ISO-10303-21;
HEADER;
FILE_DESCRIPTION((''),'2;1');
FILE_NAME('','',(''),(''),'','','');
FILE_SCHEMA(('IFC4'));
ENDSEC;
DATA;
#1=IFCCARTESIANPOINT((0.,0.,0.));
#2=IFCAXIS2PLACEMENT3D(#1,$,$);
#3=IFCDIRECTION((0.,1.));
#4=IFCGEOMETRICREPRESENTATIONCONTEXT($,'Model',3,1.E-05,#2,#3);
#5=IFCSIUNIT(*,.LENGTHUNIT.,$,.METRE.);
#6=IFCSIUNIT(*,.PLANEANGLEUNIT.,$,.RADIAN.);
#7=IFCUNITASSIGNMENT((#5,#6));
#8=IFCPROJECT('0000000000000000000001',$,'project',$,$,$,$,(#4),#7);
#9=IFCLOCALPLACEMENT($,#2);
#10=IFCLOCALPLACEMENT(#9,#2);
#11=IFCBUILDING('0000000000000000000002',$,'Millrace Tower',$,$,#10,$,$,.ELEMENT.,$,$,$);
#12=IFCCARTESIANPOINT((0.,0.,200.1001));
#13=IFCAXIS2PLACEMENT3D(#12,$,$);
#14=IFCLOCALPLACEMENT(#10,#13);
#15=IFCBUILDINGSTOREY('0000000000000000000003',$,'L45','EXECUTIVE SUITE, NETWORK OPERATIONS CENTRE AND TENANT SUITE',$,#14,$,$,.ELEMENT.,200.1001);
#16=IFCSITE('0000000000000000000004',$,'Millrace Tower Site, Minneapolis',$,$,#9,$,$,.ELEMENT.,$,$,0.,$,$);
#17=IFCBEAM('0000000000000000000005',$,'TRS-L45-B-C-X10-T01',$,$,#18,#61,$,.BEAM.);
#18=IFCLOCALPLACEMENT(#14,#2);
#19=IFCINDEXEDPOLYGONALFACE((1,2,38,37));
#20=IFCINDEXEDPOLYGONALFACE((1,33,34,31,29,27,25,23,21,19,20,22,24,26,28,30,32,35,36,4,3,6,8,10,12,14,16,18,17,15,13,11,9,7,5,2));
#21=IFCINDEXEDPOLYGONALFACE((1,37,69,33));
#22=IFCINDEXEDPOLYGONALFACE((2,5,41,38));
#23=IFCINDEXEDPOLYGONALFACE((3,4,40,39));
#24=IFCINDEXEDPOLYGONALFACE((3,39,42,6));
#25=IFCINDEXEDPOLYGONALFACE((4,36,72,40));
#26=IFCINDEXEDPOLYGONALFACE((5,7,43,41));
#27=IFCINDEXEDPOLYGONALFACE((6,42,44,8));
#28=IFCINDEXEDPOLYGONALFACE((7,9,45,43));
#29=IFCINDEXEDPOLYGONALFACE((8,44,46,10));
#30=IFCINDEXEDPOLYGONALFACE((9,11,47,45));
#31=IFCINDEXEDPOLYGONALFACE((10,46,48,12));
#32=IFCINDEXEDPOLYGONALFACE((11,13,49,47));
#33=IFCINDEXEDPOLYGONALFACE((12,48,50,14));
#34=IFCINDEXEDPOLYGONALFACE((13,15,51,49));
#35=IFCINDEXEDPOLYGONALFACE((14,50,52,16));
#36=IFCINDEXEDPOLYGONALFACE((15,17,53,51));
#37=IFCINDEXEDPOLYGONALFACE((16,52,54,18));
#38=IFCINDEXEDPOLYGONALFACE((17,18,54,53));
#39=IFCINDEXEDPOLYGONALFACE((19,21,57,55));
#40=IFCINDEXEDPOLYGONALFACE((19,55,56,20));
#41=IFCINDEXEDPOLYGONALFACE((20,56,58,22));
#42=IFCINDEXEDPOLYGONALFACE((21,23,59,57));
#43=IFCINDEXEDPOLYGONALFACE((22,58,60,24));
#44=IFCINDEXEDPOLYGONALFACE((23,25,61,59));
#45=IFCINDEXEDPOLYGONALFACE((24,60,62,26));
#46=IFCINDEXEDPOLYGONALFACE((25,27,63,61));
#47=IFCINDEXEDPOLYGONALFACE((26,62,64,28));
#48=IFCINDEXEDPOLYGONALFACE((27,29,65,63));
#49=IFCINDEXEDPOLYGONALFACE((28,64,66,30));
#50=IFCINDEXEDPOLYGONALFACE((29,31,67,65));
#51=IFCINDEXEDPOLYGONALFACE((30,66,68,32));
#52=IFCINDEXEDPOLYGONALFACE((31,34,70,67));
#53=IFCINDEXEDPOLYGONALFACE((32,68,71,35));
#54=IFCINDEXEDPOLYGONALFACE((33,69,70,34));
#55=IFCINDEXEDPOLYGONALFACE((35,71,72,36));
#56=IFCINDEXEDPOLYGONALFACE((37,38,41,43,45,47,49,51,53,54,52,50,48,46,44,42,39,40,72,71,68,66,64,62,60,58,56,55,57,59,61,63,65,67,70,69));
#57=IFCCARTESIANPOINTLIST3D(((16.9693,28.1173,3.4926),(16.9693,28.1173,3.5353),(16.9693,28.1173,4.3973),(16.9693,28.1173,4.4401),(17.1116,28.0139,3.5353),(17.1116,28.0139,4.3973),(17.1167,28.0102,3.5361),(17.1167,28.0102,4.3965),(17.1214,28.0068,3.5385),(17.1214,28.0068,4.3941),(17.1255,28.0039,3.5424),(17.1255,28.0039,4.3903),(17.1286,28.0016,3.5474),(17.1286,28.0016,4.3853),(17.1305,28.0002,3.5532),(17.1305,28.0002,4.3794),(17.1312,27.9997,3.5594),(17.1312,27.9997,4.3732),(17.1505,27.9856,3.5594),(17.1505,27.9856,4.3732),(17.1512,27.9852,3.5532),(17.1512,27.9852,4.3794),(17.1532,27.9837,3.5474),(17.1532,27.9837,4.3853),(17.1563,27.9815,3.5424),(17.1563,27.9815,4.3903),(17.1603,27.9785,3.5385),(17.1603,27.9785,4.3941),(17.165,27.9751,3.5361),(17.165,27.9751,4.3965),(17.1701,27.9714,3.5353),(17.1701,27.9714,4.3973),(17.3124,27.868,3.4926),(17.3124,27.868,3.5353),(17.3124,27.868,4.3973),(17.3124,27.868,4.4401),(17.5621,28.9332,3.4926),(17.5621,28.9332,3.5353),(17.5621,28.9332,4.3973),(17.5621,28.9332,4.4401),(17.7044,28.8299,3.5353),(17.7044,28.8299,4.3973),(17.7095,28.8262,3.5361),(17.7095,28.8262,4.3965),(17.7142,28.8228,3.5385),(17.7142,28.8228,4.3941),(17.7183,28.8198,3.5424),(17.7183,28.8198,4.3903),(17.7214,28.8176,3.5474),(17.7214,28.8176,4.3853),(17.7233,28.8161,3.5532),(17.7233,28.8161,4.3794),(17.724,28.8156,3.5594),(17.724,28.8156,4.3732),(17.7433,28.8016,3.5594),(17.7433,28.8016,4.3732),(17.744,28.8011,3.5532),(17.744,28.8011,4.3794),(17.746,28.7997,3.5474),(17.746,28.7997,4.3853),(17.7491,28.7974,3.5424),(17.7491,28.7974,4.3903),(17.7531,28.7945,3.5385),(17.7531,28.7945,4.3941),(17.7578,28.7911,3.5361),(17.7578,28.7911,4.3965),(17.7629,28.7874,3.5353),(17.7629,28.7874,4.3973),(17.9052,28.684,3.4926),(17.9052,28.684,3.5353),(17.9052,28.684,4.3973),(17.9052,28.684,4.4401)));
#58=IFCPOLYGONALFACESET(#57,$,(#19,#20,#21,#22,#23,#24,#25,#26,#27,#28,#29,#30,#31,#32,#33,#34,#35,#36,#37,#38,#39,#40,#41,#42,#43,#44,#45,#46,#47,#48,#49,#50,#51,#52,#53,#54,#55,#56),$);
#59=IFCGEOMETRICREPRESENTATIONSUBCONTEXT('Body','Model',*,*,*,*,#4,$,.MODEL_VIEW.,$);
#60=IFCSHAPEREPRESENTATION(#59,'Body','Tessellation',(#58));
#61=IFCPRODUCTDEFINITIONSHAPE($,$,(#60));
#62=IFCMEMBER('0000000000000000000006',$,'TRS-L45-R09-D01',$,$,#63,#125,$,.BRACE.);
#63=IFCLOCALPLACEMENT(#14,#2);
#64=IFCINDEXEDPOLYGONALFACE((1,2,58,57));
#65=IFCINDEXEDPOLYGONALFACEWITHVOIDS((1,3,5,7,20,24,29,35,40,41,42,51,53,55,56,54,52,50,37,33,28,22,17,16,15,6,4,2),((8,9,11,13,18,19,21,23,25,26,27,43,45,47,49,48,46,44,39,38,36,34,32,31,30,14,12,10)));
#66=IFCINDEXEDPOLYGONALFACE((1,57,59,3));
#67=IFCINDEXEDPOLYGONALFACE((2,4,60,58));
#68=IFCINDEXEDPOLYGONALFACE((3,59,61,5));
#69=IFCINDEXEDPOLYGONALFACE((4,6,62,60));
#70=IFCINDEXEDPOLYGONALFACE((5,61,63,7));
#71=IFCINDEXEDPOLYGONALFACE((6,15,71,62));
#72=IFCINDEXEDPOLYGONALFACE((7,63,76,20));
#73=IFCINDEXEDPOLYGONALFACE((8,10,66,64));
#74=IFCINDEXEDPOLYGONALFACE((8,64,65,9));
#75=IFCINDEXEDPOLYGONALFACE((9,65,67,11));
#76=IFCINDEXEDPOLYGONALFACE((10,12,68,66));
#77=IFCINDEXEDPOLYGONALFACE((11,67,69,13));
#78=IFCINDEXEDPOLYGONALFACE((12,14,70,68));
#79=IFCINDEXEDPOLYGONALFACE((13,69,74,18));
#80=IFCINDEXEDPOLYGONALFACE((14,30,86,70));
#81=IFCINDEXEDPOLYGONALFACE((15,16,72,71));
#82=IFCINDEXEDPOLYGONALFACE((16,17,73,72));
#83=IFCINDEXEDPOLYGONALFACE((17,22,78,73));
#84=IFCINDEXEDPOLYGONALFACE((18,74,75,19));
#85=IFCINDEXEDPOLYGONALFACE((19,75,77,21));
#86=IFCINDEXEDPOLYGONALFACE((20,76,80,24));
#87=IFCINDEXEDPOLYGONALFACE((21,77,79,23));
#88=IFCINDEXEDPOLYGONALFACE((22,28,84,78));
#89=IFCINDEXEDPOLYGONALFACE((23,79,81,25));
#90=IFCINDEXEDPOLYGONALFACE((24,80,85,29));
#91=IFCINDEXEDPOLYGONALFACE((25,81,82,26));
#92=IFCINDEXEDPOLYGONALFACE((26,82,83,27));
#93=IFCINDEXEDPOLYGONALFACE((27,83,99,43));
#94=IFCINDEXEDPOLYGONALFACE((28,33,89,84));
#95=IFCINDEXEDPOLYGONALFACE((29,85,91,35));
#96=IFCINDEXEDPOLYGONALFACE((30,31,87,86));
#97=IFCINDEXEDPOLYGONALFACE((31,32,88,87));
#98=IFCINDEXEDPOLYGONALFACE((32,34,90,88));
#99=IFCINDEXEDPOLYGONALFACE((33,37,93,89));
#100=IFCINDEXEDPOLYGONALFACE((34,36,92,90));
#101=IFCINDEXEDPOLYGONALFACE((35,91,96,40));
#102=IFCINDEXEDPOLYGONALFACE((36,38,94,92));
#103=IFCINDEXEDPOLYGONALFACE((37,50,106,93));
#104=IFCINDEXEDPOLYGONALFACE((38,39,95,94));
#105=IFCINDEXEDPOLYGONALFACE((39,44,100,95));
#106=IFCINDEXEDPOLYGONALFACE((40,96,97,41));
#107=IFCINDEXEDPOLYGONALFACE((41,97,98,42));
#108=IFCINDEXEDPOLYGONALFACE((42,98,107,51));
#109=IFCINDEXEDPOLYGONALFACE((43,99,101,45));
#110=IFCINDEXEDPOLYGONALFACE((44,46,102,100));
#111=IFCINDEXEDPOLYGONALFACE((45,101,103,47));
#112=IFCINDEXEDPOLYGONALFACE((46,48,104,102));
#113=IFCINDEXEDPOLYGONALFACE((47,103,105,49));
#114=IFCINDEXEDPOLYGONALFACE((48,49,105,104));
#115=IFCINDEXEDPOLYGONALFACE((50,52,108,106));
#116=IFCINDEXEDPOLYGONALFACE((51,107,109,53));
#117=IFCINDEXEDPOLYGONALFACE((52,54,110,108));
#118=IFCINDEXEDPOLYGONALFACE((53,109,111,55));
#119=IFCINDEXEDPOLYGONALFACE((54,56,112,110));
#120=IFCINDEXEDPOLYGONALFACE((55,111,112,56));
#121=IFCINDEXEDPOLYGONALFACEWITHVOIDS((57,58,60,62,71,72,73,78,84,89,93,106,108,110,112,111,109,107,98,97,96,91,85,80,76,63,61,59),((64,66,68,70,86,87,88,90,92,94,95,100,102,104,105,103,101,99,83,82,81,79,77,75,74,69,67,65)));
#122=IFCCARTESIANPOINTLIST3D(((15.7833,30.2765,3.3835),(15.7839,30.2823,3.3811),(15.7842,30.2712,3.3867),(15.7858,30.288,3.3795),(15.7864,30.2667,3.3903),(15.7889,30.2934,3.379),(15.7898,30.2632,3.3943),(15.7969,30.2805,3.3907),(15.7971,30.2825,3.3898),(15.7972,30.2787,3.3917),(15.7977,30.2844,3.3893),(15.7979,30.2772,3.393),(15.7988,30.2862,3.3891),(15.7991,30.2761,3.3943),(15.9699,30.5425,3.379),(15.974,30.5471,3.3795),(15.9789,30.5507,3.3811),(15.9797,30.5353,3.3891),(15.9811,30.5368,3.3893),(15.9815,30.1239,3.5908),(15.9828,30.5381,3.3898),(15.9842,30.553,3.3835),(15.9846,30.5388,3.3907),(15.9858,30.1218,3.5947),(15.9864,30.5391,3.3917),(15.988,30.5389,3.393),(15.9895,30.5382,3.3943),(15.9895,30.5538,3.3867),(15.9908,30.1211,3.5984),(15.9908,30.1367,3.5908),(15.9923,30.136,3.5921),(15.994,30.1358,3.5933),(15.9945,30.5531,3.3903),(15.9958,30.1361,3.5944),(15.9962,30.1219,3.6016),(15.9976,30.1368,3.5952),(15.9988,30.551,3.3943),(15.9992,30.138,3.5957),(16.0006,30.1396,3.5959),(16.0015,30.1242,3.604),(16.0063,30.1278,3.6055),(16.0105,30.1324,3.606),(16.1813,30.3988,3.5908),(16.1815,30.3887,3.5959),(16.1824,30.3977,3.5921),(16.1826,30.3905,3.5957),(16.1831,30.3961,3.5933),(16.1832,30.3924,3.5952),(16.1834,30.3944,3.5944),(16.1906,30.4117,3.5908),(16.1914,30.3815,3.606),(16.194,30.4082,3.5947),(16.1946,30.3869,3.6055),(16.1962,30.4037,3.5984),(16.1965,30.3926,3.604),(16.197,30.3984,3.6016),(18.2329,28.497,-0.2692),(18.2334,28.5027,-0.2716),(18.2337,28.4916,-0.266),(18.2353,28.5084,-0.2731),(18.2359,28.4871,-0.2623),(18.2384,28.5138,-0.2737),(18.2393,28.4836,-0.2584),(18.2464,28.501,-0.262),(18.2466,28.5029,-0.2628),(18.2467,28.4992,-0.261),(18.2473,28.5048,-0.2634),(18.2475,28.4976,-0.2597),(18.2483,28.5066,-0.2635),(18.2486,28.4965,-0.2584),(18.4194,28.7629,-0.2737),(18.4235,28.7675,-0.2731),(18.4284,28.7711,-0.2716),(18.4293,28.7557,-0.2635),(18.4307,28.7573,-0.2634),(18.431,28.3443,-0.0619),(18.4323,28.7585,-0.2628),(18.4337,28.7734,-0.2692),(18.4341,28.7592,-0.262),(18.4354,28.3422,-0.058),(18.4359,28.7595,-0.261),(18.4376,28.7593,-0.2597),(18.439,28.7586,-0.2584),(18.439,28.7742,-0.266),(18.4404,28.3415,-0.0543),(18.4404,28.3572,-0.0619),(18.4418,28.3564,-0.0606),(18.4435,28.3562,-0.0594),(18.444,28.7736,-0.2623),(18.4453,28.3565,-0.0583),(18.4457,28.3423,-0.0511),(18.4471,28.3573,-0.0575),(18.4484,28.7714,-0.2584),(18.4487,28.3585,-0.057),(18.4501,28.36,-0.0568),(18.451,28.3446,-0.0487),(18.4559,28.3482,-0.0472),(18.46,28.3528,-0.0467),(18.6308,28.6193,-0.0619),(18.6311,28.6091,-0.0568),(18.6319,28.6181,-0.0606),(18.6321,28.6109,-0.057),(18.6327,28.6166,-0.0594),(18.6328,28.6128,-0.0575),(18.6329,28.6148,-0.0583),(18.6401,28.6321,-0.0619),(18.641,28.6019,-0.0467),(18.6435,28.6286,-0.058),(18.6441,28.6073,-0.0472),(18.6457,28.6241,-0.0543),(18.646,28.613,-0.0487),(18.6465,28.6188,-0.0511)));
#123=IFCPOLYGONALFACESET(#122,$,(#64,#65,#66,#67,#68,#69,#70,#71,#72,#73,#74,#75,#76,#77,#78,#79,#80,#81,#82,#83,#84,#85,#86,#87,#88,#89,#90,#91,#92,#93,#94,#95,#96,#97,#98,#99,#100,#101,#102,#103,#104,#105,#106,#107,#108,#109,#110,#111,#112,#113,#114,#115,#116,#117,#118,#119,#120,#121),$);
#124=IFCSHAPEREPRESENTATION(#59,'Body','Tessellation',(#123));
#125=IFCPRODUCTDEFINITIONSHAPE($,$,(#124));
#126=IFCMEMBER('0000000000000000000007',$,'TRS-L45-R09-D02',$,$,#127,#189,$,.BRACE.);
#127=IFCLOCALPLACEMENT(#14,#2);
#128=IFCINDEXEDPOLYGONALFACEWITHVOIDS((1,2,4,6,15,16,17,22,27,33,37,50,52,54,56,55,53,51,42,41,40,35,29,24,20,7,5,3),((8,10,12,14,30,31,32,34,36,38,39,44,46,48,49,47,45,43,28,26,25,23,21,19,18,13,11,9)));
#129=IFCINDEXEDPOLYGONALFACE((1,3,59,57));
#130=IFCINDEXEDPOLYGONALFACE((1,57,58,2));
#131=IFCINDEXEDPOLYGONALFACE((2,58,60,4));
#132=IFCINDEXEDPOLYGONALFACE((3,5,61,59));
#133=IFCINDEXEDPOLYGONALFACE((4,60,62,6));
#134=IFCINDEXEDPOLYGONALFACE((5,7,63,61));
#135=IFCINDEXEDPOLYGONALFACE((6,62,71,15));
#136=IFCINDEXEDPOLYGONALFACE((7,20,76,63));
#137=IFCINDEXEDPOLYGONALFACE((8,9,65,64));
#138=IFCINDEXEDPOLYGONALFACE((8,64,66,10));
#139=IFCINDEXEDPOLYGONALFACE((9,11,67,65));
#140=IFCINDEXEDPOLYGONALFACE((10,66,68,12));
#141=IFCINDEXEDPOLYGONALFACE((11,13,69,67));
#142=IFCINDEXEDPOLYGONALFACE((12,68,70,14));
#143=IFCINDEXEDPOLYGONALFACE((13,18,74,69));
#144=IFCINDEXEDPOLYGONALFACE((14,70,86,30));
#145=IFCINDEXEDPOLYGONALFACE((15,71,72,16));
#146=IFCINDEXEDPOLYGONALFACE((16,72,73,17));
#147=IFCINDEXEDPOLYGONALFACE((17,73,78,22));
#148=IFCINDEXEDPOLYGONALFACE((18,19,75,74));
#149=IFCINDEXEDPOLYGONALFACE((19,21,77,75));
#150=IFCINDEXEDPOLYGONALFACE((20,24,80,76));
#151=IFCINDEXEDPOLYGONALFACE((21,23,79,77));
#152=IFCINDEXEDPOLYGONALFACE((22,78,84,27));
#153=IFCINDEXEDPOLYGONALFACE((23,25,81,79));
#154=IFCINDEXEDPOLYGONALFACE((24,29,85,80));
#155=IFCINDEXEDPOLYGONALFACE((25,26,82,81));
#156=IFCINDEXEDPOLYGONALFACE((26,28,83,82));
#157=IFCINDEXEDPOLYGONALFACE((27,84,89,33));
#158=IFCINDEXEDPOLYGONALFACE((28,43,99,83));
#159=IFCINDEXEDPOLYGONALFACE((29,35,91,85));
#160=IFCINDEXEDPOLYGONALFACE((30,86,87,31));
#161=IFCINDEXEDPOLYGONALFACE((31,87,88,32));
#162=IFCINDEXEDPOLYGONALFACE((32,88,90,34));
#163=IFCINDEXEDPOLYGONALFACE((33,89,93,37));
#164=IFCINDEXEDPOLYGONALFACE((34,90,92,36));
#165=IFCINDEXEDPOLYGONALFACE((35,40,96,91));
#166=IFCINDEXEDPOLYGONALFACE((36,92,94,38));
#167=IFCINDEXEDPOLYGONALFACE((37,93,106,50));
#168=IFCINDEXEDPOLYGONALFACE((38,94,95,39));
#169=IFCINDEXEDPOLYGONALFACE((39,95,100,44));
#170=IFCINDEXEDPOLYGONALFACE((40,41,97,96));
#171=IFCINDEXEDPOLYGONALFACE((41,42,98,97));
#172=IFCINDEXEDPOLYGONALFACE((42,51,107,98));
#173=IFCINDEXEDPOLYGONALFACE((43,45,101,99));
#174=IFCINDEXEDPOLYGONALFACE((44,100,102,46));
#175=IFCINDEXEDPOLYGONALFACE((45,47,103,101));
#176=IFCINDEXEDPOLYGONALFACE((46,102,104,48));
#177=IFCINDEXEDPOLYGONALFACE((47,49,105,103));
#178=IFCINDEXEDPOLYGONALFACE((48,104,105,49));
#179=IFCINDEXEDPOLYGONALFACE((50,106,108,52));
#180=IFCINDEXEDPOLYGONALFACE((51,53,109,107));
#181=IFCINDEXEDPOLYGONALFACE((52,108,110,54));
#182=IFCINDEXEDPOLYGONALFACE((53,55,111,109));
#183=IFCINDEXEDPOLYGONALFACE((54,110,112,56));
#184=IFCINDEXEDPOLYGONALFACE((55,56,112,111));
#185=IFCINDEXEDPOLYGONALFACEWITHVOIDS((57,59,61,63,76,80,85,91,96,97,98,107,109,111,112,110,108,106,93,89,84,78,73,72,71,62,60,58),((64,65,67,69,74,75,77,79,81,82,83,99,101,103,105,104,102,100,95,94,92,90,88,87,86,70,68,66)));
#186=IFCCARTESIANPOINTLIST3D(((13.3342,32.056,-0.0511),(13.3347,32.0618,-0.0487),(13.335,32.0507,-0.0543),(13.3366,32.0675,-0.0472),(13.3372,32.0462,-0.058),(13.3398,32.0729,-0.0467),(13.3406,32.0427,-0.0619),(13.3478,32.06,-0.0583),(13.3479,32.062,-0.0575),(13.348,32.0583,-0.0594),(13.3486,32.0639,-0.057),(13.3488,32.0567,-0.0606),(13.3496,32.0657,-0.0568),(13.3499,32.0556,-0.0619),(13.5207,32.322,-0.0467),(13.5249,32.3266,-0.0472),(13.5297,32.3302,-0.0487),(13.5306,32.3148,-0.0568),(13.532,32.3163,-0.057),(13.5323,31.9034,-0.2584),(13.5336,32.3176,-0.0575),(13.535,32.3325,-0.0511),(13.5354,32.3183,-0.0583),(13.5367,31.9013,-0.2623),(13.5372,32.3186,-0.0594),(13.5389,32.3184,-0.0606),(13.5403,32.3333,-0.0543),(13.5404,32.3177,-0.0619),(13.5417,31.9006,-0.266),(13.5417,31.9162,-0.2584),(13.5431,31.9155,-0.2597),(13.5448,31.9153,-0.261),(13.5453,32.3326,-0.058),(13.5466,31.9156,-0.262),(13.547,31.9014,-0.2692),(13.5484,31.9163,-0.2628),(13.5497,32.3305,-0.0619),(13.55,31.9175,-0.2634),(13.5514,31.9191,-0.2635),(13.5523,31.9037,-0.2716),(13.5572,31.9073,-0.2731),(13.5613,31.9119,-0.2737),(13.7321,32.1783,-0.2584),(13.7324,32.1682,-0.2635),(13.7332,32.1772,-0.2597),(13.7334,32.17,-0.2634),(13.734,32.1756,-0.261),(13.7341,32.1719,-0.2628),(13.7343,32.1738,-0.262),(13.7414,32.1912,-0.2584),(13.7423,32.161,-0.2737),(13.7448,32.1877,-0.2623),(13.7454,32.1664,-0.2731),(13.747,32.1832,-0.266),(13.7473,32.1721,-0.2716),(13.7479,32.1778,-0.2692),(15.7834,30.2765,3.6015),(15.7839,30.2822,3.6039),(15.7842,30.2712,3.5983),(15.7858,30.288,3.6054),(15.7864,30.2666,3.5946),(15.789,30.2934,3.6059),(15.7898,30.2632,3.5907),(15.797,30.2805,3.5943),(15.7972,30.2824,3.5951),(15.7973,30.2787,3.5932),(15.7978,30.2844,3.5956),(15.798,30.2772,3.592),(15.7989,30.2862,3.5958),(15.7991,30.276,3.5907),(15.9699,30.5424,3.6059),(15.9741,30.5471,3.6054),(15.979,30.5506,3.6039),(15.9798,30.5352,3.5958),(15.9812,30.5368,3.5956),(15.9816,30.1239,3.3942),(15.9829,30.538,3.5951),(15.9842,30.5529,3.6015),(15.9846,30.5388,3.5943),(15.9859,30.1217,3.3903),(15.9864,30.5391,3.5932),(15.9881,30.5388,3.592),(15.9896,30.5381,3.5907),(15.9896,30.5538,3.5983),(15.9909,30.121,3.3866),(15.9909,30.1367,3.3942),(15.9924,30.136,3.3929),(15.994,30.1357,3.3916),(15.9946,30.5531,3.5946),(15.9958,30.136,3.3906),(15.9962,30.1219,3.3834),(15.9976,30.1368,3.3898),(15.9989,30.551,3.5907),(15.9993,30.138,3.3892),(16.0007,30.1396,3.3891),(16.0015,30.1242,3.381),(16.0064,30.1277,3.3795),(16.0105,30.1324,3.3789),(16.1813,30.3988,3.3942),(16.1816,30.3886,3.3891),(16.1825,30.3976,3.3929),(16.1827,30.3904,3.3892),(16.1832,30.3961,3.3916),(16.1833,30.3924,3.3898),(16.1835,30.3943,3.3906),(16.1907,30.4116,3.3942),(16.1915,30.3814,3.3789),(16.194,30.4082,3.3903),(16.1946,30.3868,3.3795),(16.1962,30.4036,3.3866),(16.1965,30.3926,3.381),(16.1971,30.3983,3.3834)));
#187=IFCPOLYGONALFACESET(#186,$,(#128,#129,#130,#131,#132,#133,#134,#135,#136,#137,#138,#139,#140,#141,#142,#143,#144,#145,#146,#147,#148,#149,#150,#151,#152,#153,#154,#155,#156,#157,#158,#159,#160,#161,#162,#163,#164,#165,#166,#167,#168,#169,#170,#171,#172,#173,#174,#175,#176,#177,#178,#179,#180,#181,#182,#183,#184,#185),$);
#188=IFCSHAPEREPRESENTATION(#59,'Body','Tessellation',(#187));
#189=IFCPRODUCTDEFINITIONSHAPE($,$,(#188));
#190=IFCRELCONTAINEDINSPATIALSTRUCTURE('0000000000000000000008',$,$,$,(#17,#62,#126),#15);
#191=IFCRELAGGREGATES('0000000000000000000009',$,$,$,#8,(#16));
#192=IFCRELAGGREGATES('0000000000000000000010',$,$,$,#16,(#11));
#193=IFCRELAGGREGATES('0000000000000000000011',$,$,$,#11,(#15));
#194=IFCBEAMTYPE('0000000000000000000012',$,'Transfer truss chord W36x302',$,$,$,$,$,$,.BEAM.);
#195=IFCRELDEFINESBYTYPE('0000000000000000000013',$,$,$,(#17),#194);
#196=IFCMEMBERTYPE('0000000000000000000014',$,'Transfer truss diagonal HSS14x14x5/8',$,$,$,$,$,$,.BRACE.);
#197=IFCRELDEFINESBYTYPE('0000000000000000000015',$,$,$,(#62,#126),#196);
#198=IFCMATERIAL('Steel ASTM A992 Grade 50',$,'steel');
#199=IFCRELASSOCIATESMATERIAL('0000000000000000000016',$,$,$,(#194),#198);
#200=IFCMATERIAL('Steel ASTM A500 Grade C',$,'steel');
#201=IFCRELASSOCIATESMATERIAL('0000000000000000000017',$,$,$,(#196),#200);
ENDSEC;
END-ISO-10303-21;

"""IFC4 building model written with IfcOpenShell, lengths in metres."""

from ifc_helpers import new_model, si_unit, direction, frame, origin, origin_2d, place, context, subcontext, project, spatial, hollow_rectangle, i_section, extrude, material, material_profile, profile_set, type_object, element, save


model = new_model("IFC4")

# Units and contexts
model_context = context("Model", 3, precision=1e-05, world=origin(), true_north=direction((0.0, 1.0)))
body_context = subcontext(model_context, "Body", "Model", "MODEL_VIEW")
ifc_project = project(units=[si_unit("LENGTHUNIT", "METRE"), si_unit("PLANEANGLEUNIT", "RADIAN")], contexts=[model_context])

# Site, building, storey
site_placement = place(None, origin())
site = spatial("IfcSite", under=ifc_project, at=site_placement, Name="Millrace Tower Site, Minneapolis", CompositionType="ELEMENT", RefElevation=0.0)
building_placement = place(site_placement, origin())
building = spatial("IfcBuilding", under=site, at=building_placement, Name="Millrace Tower", CompositionType="ELEMENT")
storey_placement = place(building_placement, frame((0.0, 0.0, 200.1001)))
storey = spatial("IfcBuildingStorey", under=building, at=storey_placement, Name="L45", Description="EXECUTIVE SUITE, NETWORK OPERATIONS CENTRE AND TENANT SUITE", CompositionType="ELEMENT", Elevation=200.1001)

# Beam
ifc_material_1 = material(Name="Steel ASTM A992 Grade 50", Category="steel")
ifc_material_profile_1 = material_profile(ifc_material_1, i_section(OverallWidth=0.4241, OverallDepth=0.9475, WebThickness=0.0239, FlangeThickness=0.0427, FilletRadius=0.0242, at=origin_2d()))
ifc_profile_set_1 = profile_set([ifc_material_profile_1], Name="Steel ASTM A992 Grade 50")
beam_type_1 = type_object("IfcBeamType", Name="Transfer truss chord W36x302", PredefinedType="BEAM", material=ifc_profile_set_1)
for number, where, z_axis, x_axis, name in (
    (1, (17.1409, 27.9927, 3.9663), (0.587769, 0.809029, 0.0), (-0.809029, 0.587769, 0.0), "TRS-L45-B-C-X10-T01"),
):
    element("IfcBeam", number, at=place(storey_placement, frame(where, z_axis=z_axis, x_axis=x_axis)), inside=storey, type_object=beam_type_1, Name=name, PredefinedType="BEAM", context=body_context, shape_type="SweptSolid", body=[
        extrude(i_section(OverallWidth=0.4241, OverallDepth=0.9475, WebThickness=0.0239, FlangeThickness=0.0427, FilletRadius=0.0242, at=origin_2d()), origin(), (0.0, 0.0, 1.0), 1.0085),
    ])

# Members
ifc_material_2 = material(Name="Steel ASTM A500 Grade C", Category="steel")
ifc_material_profile_2 = material_profile(ifc_material_2, hollow_rectangle(XDim=0.3557, YDim=0.3557, WallThickness=0.0159, InnerFilletRadius=0.0081, OuterFilletRadius=0.0239, at=origin_2d()))
ifc_profile_set_2 = profile_set([ifc_material_profile_2], Name="Steel ASTM A500 Grade C")
member_type_1 = type_object("IfcMemberType", Name="Transfer truss diagonal HSS14x14x5/8", PredefinedType="BRACE", material=ifc_profile_set_2)
member_1_placement = place(storey_placement, frame((18.4397, 28.5579, -0.1602), z_axis=(-0.5163, 0.375093, 0.769896), x_axis=(-0.587764, -0.809032, 0.0)))
element("IfcMember", 2, at=member_1_placement, inside=storey, type_object=member_type_1, Name="TRS-L45-R09-D01", PredefinedType="BRACE", context=body_context, shape_type="SweptSolid", body=[
    extrude(hollow_rectangle(XDim=0.3557, YDim=0.3557, WallThickness=0.0159, InnerFilletRadius=0.0081, OuterFilletRadius=0.0239, at=origin_2d()), origin(), (0.0, 0.0, 1.0), 4.7444),
])
member_2_placement = place(storey_placement, frame((13.541, 32.1169, -0.1602), z_axis=(0.516262, -0.375103, 0.769916), x_axis=(0.587802, 0.809005, 0.0)))
element("IfcMember", 3, at=member_2_placement, inside=storey, type_object=member_type_1, Name="TRS-L45-R09-D02", PredefinedType="BRACE", context=body_context, shape_type="SweptSolid", body=[
    extrude(hollow_rectangle(XDim=0.3557, YDim=0.3557, WallThickness=0.0159, InnerFilletRadius=0.0081, OuterFilletRadius=0.0239, at=origin_2d()), origin(), (0.0, 0.0, 1.0), 4.7441),
])

save(model, "model.ifc")
